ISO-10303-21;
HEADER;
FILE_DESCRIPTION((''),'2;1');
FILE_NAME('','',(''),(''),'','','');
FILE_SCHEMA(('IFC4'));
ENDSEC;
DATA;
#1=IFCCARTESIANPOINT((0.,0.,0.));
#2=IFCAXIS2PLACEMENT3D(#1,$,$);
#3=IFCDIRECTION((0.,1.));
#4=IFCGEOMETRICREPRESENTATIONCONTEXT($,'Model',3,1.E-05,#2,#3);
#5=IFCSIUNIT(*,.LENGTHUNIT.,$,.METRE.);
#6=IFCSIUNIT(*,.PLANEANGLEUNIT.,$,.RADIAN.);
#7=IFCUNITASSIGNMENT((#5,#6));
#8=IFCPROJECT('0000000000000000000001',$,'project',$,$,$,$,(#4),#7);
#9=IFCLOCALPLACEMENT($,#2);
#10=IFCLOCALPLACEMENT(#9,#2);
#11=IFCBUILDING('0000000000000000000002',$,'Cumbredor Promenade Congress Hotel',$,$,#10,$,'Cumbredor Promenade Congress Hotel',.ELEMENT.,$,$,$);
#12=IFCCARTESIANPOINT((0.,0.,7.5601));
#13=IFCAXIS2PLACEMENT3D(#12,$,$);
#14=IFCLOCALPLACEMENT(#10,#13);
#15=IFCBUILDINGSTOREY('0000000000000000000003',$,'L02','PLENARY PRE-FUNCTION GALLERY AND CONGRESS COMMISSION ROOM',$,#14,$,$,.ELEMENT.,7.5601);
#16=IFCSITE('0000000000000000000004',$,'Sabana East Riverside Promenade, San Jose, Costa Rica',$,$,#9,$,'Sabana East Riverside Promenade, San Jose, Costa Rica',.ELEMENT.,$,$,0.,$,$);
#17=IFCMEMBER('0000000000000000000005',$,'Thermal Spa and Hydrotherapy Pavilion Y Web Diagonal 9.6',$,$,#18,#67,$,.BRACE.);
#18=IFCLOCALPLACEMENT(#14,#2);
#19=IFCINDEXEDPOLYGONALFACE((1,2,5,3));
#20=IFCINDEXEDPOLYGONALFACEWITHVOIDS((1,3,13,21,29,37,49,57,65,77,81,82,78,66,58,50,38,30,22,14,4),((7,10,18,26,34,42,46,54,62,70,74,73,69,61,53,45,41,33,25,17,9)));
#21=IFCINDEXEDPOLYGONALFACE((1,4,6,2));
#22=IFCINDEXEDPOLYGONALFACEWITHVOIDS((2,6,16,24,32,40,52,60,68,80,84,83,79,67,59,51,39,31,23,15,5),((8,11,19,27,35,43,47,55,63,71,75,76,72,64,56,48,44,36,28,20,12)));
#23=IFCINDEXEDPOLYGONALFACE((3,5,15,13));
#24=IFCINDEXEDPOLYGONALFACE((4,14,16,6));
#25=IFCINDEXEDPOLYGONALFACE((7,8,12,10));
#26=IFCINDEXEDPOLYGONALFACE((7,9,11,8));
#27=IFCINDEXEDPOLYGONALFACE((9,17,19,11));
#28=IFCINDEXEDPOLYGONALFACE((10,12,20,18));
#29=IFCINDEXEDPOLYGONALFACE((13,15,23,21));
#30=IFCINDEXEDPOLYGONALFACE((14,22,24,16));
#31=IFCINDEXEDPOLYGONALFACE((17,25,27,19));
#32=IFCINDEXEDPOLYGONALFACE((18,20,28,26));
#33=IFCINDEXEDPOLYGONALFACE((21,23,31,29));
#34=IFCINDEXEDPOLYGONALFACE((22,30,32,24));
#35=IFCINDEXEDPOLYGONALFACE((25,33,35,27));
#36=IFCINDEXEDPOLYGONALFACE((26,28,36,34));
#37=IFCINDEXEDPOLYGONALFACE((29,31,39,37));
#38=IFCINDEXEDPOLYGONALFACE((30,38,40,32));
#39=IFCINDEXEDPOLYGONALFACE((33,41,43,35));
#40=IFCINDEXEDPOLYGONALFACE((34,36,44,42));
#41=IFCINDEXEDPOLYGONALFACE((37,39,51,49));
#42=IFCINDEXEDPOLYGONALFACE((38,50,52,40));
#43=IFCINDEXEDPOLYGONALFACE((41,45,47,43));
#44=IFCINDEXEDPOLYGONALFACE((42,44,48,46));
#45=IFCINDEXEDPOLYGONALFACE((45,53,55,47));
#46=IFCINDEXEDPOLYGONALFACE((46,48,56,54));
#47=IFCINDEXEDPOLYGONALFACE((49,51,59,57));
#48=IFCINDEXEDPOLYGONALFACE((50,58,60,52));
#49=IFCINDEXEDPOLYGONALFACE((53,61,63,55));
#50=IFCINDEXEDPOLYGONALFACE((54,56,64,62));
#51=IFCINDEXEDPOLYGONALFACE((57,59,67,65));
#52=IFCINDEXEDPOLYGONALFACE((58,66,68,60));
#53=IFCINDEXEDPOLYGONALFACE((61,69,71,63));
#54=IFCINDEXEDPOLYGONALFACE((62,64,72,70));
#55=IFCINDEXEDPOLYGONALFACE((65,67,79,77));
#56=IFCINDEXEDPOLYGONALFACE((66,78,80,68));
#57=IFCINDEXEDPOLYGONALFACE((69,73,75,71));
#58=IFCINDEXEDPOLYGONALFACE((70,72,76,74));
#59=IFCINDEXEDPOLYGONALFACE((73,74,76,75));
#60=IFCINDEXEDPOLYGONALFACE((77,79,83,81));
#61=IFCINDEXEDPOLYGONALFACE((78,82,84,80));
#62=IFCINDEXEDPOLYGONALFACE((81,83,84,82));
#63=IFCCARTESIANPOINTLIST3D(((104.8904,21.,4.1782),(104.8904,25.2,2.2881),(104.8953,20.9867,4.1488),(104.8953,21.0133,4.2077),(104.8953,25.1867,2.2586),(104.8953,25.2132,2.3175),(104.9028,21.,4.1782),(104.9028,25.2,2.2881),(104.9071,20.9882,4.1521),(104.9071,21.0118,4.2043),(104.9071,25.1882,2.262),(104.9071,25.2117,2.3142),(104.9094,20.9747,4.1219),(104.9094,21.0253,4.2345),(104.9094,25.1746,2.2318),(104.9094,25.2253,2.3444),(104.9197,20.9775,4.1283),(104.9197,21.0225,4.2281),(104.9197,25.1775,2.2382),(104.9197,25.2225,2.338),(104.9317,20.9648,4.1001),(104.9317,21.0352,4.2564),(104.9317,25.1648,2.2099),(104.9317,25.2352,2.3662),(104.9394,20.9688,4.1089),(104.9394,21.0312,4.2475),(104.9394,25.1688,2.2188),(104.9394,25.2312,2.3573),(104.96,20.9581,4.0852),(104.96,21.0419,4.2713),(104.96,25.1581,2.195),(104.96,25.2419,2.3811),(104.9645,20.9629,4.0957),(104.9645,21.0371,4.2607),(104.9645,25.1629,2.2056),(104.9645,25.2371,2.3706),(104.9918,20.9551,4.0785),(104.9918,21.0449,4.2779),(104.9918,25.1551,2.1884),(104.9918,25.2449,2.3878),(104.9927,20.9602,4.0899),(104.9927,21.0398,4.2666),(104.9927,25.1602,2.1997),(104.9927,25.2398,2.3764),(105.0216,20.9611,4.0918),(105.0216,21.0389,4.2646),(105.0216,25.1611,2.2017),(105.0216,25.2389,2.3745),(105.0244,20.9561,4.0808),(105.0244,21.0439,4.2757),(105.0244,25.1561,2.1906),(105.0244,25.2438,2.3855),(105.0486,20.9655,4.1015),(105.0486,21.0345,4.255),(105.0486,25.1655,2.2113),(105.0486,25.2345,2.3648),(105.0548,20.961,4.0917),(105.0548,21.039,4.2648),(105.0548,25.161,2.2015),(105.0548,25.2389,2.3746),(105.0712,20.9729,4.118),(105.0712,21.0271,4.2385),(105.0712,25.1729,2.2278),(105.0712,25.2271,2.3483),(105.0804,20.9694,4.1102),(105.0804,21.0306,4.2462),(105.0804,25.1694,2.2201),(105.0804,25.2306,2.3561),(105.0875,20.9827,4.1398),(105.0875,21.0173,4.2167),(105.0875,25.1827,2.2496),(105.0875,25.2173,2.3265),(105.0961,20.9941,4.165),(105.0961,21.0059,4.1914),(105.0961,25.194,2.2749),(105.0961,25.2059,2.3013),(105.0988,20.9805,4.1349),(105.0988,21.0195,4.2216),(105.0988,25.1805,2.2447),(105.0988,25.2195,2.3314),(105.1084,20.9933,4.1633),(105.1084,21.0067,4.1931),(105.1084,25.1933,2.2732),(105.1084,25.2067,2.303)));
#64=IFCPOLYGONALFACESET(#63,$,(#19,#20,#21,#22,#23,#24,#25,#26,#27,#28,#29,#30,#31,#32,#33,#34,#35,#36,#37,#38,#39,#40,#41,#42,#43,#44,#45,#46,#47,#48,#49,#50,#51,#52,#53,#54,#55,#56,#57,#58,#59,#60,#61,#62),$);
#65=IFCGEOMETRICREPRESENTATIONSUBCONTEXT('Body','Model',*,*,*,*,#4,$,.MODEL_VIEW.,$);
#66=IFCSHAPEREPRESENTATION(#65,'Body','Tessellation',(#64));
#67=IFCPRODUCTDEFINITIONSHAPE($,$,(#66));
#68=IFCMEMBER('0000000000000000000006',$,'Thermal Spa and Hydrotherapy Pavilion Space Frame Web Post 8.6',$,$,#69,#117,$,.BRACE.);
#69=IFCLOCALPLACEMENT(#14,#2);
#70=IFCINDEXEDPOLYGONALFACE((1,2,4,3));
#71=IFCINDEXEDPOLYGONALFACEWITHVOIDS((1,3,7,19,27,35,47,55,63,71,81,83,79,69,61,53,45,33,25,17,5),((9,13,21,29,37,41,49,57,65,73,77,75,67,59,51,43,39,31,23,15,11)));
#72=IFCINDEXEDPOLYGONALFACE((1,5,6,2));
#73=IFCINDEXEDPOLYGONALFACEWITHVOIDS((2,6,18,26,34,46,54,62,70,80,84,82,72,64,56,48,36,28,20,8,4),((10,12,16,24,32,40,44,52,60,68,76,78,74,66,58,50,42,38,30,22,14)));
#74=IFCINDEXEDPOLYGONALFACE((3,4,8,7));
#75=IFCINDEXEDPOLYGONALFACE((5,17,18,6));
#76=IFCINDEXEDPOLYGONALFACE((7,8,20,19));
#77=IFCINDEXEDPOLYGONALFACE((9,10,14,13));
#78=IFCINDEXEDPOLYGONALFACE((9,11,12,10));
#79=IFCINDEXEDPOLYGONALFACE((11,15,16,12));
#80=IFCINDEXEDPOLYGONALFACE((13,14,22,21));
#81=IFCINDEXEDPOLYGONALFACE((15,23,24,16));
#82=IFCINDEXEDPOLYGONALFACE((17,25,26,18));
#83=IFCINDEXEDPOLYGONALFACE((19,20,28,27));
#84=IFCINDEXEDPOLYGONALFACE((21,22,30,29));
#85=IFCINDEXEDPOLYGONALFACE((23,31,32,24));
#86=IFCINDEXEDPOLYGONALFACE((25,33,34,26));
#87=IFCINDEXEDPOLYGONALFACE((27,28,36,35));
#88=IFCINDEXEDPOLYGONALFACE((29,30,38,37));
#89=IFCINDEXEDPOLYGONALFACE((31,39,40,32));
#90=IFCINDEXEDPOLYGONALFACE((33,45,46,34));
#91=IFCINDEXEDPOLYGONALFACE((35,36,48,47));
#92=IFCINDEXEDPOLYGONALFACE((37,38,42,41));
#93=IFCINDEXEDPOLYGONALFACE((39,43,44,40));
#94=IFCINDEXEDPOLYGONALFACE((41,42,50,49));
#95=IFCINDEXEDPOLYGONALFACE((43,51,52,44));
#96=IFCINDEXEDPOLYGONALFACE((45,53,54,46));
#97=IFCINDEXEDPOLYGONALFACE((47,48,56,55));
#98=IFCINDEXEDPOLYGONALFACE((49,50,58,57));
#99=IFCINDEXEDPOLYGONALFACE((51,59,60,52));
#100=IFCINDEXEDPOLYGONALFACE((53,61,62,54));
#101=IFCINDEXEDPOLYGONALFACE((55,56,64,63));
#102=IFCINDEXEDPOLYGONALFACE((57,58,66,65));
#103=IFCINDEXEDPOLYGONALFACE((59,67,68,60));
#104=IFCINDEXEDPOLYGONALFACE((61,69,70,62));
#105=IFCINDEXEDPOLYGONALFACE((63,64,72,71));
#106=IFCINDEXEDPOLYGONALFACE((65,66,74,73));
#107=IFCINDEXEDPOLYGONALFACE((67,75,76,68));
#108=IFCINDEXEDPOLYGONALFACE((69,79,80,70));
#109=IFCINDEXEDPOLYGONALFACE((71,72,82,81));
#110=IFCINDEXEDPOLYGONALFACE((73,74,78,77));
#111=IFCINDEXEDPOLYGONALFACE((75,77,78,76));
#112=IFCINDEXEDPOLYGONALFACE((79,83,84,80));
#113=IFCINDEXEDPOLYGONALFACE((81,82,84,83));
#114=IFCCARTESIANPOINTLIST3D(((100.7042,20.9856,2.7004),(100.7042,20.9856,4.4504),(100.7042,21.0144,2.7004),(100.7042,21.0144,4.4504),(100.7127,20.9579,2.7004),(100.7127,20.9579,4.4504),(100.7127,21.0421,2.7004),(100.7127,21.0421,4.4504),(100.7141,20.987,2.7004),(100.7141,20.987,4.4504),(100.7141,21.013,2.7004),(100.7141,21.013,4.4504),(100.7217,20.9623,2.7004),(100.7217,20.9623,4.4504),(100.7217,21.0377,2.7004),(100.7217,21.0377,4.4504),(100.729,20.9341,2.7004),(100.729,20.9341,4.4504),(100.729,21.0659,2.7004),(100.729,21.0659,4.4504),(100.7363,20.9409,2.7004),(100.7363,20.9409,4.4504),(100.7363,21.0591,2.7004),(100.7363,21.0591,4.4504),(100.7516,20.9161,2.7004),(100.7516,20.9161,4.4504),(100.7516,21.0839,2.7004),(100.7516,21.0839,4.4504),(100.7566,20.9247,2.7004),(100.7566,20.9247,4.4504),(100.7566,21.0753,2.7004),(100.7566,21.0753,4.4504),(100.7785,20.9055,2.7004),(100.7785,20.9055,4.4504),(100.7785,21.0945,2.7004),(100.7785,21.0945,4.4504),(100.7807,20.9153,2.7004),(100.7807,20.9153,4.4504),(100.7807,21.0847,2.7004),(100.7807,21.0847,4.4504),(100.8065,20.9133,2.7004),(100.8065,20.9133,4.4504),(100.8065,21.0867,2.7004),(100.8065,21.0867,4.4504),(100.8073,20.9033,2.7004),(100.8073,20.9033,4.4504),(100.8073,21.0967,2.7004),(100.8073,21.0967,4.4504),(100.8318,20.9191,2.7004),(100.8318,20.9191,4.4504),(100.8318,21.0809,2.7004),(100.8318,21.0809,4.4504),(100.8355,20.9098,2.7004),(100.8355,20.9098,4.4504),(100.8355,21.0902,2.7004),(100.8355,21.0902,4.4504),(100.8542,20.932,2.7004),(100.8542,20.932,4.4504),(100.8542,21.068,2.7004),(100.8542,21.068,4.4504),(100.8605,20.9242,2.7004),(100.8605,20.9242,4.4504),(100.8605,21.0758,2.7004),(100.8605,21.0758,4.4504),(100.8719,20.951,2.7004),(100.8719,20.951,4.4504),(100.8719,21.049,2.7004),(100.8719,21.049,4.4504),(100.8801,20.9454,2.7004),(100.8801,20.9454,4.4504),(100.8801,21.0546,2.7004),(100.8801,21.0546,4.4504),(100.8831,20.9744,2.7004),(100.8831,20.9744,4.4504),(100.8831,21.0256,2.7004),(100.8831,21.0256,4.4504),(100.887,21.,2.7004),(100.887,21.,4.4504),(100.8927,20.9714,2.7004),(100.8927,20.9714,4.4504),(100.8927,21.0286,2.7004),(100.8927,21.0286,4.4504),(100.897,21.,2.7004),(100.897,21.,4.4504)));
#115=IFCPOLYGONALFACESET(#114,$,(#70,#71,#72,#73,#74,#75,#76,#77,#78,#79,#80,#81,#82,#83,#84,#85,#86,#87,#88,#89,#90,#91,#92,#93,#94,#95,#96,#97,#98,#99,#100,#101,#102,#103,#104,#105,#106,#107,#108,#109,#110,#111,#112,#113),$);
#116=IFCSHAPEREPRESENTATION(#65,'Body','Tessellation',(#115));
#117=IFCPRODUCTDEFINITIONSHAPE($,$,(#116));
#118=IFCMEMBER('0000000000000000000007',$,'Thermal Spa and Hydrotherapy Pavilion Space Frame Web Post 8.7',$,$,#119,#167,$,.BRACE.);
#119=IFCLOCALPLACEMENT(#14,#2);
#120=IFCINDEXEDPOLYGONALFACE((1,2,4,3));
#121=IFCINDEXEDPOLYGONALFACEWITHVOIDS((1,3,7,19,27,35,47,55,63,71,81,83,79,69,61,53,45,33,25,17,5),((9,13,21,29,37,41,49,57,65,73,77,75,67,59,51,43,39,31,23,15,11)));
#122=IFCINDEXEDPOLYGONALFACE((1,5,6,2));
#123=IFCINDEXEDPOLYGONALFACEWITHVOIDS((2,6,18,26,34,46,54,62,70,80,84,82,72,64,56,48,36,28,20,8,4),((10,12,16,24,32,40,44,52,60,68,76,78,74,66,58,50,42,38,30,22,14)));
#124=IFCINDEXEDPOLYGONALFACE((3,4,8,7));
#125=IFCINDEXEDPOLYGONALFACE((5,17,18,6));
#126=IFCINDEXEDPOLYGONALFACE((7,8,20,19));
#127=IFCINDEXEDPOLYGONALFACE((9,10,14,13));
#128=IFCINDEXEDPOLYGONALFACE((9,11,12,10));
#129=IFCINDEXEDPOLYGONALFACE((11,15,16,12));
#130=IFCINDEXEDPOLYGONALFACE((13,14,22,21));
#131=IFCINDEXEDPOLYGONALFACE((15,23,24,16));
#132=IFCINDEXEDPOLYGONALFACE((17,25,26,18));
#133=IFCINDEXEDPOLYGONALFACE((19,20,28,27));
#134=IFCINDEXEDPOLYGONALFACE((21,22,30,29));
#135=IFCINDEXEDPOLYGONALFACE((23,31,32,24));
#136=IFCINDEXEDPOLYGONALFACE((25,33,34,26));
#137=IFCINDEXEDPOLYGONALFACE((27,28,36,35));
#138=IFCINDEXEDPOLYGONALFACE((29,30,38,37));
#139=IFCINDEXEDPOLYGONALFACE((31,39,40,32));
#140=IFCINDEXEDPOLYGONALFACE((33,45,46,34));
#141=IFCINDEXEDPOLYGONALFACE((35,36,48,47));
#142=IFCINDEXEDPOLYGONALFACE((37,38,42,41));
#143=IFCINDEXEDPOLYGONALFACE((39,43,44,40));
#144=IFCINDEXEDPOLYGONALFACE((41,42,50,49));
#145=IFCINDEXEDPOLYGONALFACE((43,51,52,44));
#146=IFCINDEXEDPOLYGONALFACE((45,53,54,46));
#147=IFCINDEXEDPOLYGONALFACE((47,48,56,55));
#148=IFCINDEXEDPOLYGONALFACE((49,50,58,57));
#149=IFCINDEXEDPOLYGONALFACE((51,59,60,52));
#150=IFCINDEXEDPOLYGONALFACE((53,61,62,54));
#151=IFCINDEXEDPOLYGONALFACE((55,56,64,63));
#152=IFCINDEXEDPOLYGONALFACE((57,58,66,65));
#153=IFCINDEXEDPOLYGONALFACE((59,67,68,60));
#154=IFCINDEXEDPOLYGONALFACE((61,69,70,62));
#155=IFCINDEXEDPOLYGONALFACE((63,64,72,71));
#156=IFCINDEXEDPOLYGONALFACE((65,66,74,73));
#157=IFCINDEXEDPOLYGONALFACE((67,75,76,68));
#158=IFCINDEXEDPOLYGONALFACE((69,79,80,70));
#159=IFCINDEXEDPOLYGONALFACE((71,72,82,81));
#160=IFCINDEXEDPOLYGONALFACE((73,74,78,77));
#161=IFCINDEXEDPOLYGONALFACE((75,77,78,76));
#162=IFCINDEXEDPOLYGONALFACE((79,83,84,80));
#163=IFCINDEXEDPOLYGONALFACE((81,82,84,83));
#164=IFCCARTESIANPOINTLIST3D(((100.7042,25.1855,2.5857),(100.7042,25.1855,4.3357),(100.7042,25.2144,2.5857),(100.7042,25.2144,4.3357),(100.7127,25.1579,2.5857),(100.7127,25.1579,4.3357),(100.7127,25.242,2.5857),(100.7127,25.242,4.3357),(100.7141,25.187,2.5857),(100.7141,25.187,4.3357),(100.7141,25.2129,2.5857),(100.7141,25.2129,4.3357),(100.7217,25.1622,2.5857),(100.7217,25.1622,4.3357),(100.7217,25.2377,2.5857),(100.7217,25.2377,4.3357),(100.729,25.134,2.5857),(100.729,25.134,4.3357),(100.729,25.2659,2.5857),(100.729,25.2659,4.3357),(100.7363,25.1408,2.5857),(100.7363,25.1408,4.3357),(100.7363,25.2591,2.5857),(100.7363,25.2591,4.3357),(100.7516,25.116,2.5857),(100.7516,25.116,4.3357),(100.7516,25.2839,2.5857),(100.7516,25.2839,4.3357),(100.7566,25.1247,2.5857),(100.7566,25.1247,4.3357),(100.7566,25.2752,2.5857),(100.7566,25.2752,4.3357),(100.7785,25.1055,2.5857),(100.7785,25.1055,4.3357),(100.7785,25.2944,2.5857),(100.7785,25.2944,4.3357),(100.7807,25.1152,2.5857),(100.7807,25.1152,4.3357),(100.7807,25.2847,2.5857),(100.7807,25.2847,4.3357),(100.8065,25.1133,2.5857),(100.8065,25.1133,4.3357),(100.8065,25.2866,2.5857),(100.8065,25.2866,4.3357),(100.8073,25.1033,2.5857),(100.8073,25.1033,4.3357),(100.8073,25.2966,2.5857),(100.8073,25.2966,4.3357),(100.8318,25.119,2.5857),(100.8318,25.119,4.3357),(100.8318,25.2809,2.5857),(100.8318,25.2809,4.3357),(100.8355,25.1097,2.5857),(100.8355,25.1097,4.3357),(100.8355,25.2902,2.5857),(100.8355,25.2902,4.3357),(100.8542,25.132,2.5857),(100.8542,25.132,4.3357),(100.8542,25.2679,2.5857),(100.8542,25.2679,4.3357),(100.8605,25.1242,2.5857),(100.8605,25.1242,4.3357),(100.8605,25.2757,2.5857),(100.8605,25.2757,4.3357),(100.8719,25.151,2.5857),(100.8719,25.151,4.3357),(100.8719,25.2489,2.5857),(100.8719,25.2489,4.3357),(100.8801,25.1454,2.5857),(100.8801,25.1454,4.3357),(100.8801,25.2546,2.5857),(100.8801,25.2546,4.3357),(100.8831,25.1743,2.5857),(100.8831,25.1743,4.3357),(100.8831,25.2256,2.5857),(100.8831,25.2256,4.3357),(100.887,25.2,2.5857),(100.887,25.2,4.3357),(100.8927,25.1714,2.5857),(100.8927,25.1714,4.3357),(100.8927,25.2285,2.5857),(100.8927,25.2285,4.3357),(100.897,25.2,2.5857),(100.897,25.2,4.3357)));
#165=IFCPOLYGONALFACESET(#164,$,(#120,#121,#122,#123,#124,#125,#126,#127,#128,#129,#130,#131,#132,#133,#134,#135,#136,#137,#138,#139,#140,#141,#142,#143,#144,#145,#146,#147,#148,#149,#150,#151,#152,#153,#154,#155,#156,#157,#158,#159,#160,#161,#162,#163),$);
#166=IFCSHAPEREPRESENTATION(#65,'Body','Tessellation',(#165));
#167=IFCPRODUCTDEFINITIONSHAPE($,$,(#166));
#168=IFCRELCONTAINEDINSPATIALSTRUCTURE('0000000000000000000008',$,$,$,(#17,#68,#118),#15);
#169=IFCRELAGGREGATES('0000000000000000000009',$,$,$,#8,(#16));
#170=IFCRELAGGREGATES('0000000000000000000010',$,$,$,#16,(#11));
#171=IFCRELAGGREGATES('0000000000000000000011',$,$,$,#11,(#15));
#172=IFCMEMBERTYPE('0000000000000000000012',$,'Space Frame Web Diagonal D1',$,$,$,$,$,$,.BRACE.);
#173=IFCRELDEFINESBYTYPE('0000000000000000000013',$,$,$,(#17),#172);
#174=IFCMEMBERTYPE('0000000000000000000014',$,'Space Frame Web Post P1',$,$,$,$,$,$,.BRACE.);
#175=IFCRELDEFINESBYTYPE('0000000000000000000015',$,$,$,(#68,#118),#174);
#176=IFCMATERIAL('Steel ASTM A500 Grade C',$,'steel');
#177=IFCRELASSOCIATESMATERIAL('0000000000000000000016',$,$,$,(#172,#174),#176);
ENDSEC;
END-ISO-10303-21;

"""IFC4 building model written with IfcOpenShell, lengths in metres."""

from ifc_helpers import new_model, si_unit, direction, frame, origin, origin_2d, place, context, subcontext, project, spatial, hollow_circle, extrude, material, material_profile, profile_set, type_object, element, save


model = new_model("IFC4")

# Units and contexts
model_context = context("Model", 3, precision=1e-05, world=origin(), true_north=direction((0.0, 1.0)))
body_context = subcontext(model_context, "Body", "Model", "MODEL_VIEW")
ifc_project = project(units=[si_unit("LENGTHUNIT", "METRE"), si_unit("PLANEANGLEUNIT", "RADIAN")], contexts=[model_context])

# Site, building, storey
site_placement = place(None, origin())
site = spatial("IfcSite", under=ifc_project, at=site_placement, Name="Sabana East Riverside Promenade, San Jose, Costa Rica", LongName="Sabana East Riverside Promenade, San Jose, Costa Rica", CompositionType="ELEMENT", RefElevation=0.0)
building_placement = place(site_placement, origin())
building = spatial("IfcBuilding", under=site, at=building_placement, Name="Cumbredor Promenade Congress Hotel", LongName="Cumbredor Promenade Congress Hotel", CompositionType="ELEMENT")
storey_placement = place(building_placement, frame((0.0, 0.0, 7.5601)))
storey = spatial("IfcBuildingStorey", under=building, at=storey_placement, Name="L02", Description="PLENARY PRE-FUNCTION GALLERY AND CONGRESS COMMISSION ROOM", CompositionType="ELEMENT", Elevation=7.5601)

# Members
ifc_material_1 = material(Name="Steel ASTM A500 Grade C", Category="steel")
ifc_material_profile_1 = material_profile(ifc_material_1, hollow_circle(Radius=0.1096, WallThickness=0.0125, at=origin_2d()), Name="CHS 219.1x12.5")
ifc_profile_set_1 = profile_set([ifc_material_profile_1], Name="Steel ASTM A500 Grade C")
member_type_1 = type_object("IfcMemberType", Name="Space Frame Web Diagonal D1", PredefinedType="BRACE", material=ifc_profile_set_1)
member_1_placement = place(storey_placement, frame((105.0, 21.0, 4.1782), z_axis=(0.0, 0.911909, -0.410393), x_axis=(-1.0, 0.0, 0.0)))
element("IfcMember", 1, at=member_1_placement, inside=storey, type_object=member_type_1, Name="Thermal Spa and Hydrotherapy Pavilion Y Web Diagonal 9.6", PredefinedType="BRACE", context=body_context, shape_type="SweptSolid", body=[
    extrude(hollow_circle(Radius=0.1096, WallThickness=0.0125, at=origin_2d()), origin(), (0.0, 0.0, 1.0), 4.6057),
])
ifc_material_profile_2 = material_profile(ifc_material_1, hollow_circle(Radius=0.0969, WallThickness=0.01, at=origin_2d()), Name="CHS 193.7x10")
ifc_profile_set_2 = profile_set([ifc_material_profile_2], Name="Steel ASTM A500 Grade C")
member_type_2 = type_object("IfcMemberType", Name="Space Frame Web Post P1", PredefinedType="BRACE", material=ifc_profile_set_2)
for number, where, z_axis, x_axis, name in (
    (2, (100.8, 21.0, 2.7004), (0.0, 0.0, 1.0), (1.0, 0.0, 0.0), "Thermal Spa and Hydrotherapy Pavilion Space Frame Web Post 8.6"),
    (3, (100.8, 25.2, 2.5857), (0.0, 0.0, 1.0), (1.0, 0.0, 0.0), "Thermal Spa and Hydrotherapy Pavilion Space Frame Web Post 8.7"),
):
    element("IfcMember", number, at=place(storey_placement, frame(where, z_axis=z_axis, x_axis=x_axis)), inside=storey, type_object=member_type_2, Name=name, PredefinedType="BRACE", context=body_context, shape_type="SweptSolid", body=[
        extrude(hollow_circle(Radius=0.0969, WallThickness=0.01, at=origin_2d()), origin(), (0.0, 0.0, 1.0), 1.75),
    ])

save(model, "model.ifc")
